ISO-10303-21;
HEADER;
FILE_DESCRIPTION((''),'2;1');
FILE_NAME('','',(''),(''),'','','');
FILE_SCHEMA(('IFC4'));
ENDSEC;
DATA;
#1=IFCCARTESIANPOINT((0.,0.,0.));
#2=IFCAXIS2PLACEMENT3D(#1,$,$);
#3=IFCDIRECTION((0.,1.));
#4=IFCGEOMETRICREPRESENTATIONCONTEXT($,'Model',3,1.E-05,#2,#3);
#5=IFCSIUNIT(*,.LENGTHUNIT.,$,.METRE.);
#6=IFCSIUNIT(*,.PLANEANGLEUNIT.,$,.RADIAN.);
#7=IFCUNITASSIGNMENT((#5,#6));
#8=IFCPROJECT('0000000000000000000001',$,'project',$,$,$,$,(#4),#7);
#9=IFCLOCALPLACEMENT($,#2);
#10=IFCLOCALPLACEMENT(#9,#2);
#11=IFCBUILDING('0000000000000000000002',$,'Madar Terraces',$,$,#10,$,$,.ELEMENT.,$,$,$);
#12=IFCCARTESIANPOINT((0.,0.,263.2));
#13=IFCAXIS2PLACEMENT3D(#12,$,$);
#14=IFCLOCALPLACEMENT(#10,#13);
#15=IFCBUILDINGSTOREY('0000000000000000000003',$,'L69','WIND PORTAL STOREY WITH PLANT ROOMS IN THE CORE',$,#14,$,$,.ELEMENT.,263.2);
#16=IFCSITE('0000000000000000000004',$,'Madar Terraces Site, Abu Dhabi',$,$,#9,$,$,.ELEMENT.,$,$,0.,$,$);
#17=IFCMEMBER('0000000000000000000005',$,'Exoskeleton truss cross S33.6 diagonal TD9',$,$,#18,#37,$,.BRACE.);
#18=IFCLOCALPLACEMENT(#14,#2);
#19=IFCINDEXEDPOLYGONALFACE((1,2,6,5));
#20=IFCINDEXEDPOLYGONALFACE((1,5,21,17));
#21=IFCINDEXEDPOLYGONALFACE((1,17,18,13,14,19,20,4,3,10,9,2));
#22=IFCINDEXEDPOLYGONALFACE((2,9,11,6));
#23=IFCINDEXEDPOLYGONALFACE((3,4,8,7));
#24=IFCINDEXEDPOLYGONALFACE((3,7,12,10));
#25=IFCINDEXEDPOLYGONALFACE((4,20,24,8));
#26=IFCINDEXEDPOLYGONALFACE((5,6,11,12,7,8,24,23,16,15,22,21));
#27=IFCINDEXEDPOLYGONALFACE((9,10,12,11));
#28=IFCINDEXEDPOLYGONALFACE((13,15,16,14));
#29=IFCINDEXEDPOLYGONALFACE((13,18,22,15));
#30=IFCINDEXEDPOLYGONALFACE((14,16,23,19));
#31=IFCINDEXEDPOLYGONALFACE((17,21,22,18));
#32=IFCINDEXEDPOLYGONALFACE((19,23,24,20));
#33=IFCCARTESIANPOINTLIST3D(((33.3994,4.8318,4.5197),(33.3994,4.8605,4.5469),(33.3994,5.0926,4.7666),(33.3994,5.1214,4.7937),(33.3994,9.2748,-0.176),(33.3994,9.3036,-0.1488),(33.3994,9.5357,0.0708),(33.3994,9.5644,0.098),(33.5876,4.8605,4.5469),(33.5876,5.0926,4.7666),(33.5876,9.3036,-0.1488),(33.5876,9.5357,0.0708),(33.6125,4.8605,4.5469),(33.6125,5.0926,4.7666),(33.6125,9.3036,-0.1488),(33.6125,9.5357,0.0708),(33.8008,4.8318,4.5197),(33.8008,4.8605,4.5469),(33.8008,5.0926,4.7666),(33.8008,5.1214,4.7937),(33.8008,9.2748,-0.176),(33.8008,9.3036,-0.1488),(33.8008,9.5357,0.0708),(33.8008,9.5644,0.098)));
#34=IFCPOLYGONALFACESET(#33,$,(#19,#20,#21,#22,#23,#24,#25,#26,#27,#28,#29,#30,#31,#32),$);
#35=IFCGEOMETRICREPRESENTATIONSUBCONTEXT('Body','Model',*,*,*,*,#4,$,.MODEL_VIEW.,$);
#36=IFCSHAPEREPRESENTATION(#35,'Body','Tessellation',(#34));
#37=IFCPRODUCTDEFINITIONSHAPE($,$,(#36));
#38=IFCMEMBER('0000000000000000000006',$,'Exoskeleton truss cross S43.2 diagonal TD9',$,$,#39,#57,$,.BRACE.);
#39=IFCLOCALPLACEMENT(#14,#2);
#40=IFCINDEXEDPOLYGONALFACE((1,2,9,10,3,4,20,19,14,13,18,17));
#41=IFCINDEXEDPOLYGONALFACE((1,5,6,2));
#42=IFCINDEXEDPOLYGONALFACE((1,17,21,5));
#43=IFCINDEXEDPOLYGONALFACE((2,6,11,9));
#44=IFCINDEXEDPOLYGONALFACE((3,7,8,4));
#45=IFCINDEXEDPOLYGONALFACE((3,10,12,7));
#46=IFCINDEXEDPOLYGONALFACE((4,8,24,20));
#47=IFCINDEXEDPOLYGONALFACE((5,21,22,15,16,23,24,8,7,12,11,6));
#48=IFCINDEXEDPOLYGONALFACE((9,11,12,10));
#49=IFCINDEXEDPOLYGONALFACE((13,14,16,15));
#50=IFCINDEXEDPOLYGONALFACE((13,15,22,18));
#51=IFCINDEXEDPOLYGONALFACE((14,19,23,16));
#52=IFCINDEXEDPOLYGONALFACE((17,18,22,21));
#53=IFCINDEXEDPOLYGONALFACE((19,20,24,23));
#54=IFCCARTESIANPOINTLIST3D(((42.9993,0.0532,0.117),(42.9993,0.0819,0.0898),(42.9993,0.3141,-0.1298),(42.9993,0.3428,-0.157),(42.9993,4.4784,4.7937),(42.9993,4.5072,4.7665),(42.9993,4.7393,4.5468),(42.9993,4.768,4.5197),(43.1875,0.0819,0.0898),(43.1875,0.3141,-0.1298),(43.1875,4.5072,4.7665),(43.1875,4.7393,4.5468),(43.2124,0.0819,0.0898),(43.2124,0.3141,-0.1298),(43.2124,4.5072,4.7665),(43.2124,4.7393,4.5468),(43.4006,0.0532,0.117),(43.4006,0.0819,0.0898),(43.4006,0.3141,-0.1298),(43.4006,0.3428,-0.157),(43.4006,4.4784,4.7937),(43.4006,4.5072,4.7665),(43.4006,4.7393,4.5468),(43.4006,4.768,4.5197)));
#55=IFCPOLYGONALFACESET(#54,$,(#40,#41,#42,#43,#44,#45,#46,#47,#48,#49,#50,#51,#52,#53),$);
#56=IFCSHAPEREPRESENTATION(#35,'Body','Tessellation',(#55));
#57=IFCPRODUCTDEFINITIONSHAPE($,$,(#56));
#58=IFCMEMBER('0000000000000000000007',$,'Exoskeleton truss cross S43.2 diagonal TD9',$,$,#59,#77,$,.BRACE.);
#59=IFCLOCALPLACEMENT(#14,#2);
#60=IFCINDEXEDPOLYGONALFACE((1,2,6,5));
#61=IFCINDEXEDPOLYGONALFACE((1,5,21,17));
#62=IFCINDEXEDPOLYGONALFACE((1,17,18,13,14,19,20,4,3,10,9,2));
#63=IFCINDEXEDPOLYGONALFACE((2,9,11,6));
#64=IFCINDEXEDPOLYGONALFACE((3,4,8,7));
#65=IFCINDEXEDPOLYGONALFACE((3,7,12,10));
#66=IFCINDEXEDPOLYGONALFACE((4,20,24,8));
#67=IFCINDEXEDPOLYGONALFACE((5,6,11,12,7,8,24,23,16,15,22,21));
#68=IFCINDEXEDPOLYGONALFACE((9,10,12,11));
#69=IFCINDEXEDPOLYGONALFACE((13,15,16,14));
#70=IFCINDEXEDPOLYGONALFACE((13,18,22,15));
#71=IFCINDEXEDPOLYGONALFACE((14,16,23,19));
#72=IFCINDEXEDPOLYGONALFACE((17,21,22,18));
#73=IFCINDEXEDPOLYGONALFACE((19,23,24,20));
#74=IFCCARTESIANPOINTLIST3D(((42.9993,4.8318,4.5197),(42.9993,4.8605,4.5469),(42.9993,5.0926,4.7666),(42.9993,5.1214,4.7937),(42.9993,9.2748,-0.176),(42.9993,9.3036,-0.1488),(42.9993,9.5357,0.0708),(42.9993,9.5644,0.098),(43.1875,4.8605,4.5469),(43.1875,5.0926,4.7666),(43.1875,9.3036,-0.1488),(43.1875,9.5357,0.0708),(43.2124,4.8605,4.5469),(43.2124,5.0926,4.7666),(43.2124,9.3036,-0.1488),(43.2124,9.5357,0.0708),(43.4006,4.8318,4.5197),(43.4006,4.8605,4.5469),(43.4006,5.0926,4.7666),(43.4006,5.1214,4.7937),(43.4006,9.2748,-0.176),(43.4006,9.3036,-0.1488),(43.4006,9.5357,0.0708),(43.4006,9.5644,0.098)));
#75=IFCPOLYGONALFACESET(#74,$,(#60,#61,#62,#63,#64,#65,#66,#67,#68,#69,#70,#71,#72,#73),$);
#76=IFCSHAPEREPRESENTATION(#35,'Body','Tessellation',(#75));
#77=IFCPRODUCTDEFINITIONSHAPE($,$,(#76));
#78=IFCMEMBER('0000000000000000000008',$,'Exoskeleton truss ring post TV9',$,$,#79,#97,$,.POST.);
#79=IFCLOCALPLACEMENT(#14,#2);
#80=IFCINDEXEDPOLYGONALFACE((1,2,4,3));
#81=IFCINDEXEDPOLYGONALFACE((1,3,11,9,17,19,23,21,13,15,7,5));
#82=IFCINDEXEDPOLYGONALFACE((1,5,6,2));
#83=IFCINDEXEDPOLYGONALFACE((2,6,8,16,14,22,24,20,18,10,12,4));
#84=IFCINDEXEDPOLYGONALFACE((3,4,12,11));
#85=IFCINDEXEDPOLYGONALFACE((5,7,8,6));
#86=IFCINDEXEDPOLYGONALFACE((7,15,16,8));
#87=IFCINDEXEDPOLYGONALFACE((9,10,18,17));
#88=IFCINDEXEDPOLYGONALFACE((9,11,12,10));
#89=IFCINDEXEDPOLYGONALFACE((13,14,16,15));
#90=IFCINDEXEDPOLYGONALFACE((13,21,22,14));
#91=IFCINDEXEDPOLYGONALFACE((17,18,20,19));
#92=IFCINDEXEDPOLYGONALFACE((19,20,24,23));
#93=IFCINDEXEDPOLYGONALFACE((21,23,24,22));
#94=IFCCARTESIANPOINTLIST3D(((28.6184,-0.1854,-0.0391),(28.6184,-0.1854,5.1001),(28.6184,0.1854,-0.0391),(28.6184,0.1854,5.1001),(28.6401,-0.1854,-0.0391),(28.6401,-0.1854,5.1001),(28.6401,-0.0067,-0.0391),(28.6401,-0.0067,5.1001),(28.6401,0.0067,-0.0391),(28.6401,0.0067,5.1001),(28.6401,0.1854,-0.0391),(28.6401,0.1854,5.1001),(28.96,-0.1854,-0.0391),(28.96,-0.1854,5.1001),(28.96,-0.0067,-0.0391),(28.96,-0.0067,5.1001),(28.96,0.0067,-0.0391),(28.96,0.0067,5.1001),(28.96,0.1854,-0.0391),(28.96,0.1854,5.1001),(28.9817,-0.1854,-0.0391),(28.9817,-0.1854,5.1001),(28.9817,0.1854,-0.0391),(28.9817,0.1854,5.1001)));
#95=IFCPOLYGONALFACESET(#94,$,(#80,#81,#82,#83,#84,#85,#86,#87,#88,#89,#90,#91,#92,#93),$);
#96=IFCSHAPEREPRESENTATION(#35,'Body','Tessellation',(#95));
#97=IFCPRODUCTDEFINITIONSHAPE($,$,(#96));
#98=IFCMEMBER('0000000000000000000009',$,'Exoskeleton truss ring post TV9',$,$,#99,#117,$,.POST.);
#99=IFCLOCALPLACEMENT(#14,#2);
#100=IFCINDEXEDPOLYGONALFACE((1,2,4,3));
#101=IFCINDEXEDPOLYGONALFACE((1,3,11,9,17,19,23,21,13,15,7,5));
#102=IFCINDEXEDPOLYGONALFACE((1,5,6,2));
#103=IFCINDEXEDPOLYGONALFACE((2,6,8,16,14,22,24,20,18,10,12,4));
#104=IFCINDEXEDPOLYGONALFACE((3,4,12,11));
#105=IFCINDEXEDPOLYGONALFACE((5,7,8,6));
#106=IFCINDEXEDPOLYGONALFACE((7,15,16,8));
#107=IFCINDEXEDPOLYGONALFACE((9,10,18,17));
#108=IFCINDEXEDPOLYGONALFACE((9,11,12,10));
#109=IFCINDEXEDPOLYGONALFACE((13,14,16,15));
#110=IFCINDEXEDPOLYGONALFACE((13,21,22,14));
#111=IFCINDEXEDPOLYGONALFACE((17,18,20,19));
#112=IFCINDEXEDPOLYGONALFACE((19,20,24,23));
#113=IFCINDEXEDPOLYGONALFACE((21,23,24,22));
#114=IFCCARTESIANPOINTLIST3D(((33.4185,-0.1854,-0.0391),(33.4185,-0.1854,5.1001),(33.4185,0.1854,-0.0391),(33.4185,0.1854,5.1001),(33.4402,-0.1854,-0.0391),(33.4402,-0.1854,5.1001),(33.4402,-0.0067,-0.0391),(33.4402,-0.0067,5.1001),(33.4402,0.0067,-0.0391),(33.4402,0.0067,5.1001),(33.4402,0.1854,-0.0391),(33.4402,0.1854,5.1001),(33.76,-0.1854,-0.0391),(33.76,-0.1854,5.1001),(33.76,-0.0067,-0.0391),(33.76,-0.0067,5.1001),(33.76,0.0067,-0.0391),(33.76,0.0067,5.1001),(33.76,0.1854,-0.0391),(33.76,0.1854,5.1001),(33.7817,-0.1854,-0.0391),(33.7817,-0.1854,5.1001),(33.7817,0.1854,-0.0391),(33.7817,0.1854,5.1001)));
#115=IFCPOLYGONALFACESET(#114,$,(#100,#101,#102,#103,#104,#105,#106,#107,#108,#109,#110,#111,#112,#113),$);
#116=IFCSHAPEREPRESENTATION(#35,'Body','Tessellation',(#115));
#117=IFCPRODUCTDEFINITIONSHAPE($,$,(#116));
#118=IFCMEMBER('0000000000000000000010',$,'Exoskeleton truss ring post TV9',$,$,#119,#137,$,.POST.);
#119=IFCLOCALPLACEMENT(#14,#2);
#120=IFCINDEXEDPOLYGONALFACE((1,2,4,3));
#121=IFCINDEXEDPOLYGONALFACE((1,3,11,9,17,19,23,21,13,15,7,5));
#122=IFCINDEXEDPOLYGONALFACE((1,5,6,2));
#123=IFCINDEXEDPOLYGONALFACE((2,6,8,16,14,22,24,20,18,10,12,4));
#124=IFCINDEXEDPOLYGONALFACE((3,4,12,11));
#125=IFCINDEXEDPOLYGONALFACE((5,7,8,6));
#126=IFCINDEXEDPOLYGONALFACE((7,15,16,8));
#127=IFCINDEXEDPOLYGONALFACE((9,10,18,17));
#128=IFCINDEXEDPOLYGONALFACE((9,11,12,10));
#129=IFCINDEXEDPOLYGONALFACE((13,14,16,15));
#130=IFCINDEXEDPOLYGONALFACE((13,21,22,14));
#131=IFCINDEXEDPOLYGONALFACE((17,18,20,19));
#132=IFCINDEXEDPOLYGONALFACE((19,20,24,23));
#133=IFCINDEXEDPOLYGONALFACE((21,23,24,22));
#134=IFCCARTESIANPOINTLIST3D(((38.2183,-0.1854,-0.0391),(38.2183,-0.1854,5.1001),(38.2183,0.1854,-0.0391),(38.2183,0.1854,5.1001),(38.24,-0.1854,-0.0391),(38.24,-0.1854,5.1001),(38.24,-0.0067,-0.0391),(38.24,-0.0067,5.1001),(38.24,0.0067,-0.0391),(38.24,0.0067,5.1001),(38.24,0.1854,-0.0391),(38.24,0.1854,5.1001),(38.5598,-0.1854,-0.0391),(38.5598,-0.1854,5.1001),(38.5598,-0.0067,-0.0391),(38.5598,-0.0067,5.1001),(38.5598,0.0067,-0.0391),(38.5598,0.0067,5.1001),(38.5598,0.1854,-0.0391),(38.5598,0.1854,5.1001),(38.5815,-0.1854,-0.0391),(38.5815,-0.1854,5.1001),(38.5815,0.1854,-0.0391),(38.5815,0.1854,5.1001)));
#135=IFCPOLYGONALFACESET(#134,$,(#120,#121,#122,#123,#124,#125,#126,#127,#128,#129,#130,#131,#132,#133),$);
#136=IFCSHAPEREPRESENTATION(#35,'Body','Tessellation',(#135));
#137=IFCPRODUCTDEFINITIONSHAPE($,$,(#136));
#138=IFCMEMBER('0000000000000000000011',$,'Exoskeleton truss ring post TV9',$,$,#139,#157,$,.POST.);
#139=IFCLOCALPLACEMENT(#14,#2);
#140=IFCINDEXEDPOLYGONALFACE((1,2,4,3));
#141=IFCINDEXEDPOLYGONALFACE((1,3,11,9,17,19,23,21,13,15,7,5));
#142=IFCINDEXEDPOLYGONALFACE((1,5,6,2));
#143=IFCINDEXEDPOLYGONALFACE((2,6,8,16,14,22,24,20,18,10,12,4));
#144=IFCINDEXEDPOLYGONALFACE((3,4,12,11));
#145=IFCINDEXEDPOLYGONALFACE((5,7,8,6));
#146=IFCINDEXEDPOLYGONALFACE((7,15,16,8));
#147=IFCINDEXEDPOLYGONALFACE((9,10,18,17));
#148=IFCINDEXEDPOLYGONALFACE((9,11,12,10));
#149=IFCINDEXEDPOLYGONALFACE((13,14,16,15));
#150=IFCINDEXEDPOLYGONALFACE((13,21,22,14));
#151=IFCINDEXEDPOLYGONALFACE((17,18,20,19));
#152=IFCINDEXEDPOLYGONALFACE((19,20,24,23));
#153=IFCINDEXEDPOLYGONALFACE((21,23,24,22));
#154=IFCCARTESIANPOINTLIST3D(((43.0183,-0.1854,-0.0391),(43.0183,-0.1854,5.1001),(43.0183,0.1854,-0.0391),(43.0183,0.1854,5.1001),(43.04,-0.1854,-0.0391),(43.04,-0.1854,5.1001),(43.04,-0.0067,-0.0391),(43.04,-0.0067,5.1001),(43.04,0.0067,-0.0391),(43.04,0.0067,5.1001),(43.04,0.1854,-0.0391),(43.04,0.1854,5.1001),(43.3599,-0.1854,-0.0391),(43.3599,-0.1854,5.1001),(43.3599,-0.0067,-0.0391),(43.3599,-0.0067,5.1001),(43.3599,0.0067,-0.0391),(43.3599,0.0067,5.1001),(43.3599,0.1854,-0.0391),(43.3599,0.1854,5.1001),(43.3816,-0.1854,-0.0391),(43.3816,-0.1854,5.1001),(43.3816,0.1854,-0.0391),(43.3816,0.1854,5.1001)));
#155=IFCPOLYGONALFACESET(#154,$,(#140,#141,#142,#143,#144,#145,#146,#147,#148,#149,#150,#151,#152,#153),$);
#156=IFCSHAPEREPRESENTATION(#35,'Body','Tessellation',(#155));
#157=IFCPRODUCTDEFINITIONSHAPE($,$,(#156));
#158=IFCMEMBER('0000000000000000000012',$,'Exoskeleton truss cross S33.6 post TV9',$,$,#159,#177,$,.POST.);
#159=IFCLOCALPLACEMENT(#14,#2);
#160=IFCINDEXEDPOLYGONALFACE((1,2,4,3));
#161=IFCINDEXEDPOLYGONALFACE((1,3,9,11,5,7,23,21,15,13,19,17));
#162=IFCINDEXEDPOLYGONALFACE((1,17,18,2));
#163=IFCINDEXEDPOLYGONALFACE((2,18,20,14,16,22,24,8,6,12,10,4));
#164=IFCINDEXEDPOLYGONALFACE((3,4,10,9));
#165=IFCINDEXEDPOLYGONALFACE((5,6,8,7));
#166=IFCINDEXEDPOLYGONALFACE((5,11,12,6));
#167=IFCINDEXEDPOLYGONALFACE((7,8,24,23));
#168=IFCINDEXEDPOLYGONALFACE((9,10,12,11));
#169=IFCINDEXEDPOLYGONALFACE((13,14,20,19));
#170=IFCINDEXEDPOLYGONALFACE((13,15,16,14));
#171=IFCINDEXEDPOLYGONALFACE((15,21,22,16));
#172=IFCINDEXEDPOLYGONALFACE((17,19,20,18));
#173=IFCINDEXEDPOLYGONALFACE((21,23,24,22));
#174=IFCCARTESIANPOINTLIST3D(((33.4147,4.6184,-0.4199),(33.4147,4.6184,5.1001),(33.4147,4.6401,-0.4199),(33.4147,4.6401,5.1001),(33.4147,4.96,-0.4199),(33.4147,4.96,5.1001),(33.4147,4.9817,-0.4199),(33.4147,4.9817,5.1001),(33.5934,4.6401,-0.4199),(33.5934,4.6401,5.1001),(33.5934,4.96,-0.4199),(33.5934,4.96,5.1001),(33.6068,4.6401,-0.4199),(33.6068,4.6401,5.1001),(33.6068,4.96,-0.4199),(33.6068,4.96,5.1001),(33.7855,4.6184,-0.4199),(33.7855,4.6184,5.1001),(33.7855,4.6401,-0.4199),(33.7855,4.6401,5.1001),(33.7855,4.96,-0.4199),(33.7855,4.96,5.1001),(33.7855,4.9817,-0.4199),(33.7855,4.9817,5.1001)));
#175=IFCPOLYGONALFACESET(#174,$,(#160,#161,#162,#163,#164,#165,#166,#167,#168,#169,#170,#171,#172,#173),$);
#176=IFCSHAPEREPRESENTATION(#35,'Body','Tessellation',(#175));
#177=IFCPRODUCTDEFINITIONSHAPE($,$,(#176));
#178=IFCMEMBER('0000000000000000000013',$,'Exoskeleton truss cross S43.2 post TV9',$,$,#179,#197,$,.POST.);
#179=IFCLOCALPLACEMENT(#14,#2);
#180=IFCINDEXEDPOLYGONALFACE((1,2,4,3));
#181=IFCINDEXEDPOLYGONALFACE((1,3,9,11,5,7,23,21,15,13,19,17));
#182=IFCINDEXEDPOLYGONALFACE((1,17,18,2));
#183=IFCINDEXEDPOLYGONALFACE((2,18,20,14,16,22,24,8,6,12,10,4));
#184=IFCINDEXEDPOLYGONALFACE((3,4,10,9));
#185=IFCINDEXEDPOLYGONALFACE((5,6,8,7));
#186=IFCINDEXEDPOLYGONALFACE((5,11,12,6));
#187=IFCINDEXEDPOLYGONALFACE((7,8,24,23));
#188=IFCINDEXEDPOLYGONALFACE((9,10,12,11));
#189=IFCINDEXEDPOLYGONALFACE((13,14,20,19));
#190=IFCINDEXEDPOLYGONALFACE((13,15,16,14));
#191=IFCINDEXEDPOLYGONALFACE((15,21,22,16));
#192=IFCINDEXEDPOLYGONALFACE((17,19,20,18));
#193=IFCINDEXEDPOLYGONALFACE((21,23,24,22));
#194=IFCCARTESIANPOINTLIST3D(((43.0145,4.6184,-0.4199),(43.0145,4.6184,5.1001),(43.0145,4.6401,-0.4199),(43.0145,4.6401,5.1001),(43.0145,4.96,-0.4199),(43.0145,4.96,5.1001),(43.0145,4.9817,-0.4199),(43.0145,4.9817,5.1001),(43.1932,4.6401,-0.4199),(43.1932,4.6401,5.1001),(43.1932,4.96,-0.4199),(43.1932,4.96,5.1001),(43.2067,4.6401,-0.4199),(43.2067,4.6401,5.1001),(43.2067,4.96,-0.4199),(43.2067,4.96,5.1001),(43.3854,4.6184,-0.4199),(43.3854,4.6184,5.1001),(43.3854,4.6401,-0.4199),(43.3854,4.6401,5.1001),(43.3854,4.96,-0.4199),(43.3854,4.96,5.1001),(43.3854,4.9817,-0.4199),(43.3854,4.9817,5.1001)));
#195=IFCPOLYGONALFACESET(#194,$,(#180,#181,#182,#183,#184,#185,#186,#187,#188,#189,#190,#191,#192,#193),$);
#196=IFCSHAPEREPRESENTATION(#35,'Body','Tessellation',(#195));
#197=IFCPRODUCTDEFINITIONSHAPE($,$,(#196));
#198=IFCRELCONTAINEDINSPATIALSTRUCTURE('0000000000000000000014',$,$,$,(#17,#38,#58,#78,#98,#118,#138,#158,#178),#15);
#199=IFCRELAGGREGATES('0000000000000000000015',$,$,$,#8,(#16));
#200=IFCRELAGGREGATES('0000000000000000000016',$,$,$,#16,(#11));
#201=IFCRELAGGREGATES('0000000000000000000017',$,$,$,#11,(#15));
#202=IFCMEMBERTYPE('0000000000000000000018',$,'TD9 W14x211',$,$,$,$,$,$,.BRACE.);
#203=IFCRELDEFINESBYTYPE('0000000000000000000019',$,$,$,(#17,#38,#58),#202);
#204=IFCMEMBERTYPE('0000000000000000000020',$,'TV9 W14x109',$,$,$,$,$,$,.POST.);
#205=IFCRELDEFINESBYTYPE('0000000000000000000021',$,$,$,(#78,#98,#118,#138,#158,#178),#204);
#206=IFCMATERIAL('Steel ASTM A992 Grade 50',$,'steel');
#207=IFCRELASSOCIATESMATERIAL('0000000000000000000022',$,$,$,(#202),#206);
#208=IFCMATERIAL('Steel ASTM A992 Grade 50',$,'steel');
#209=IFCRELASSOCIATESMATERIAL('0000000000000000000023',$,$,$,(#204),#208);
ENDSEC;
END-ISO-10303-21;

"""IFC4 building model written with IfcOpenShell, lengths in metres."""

from ifc_helpers import new_model, si_unit, direction, frame, origin, origin_2d, place, context, subcontext, project, spatial, i_section, extrude, material, material_profile, profile_set, type_object, element, save


model = new_model("IFC4")

# Units and contexts
model_context = context("Model", 3, precision=1e-05, world=origin(), true_north=direction((0.0, 1.0)))
body_context = subcontext(model_context, "Body", "Model", "MODEL_VIEW")
ifc_project = project(units=[si_unit("LENGTHUNIT", "METRE"), si_unit("PLANEANGLEUNIT", "RADIAN")], contexts=[model_context])

# Site, building, storey
site_placement = place(None, origin())
site = spatial("IfcSite", under=ifc_project, at=site_placement, Name="Madar Terraces Site, Abu Dhabi", CompositionType="ELEMENT", RefElevation=0.0)
building_placement = place(site_placement, origin())
building = spatial("IfcBuilding", under=site, at=building_placement, Name="Madar Terraces", CompositionType="ELEMENT")
storey_placement = place(building_placement, frame((0.0, 0.0, 263.2)))
storey = spatial("IfcBuildingStorey", under=building, at=storey_placement, Name="L69", Description="WIND PORTAL STOREY WITH PLANT ROOMS IN THE CORE", CompositionType="ELEMENT", Elevation=263.2)

# Members
ifc_material_1 = material(Name="Steel ASTM A992 Grade 50", Category="steel")
ifc_material_profile_1 = material_profile(ifc_material_1, i_section(OverallWidth=0.4014, OverallDepth=0.3987, WebThickness=0.0249, FlangeThickness=0.0396, at=origin_2d()), Name="W14x211")
ifc_profile_set_1 = profile_set([ifc_material_profile_1], Name="Steel ASTM A992 Grade 50")
member_type_1 = type_object("IfcMemberType", Name="TD9 W14x211", PredefinedType="BRACE", material=ifc_profile_set_1)
member_1_placement = place(storey_placement, frame((33.6001, 4.9766, 4.6567), z_axis=(0.0, 0.687293, -0.72638), x_axis=(-1.0, 0.0, 0.0)))
element("IfcMember", 1, at=member_1_placement, inside=storey, type_object=member_type_1, Name="Exoskeleton truss cross S33.6 diagonal TD9", PredefinedType="BRACE", context=body_context, shape_type="SweptSolid", body=[
    extrude(i_section(OverallWidth=0.4014, OverallDepth=0.3987, WebThickness=0.0249, FlangeThickness=0.0396, at=origin_2d()), origin(), (0.0, 0.0, 1.0), 6.4646),
])
member_2_placement = place(storey_placement, frame((43.2, 0.198, -0.02), z_axis=(0.0, 0.687309, 0.726365), x_axis=(-1.0, 0.0, 0.0)))
element("IfcMember", 2, at=member_2_placement, inside=storey, type_object=member_type_1, Name="Exoskeleton truss cross S43.2 diagonal TD9", PredefinedType="BRACE", context=body_context, shape_type="SweptSolid", body=[
    extrude(i_section(OverallWidth=0.4014, OverallDepth=0.3987, WebThickness=0.0249, FlangeThickness=0.0396, at=origin_2d()), origin(), (0.0, 0.0, 1.0), 6.4385),
])
member_3_placement = place(storey_placement, frame((43.2, 4.9766, 4.6567), z_axis=(0.0, 0.687293, -0.72638), x_axis=(-1.0, 0.0, 0.0)))
element("IfcMember", 3, at=member_3_placement, inside=storey, type_object=member_type_1, Name="Exoskeleton truss cross S43.2 diagonal TD9", PredefinedType="BRACE", context=body_context, shape_type="SweptSolid", body=[
    extrude(i_section(OverallWidth=0.4014, OverallDepth=0.3987, WebThickness=0.0249, FlangeThickness=0.0396, at=origin_2d()), origin(), (0.0, 0.0, 1.0), 6.4646),
])
ifc_material_2 = material(Name="Steel ASTM A992 Grade 50", Category="steel")
ifc_material_profile_2 = material_profile(ifc_material_2, i_section(OverallWidth=0.3708, OverallDepth=0.3633, WebThickness=0.0134, FlangeThickness=0.0217, at=origin_2d()), Name="W14x109")
ifc_profile_set_2 = profile_set([ifc_material_profile_2], Name="Steel ASTM A992 Grade 50")
member_type_2 = type_object("IfcMemberType", Name="TV9 W14x109", PredefinedType="POST", material=ifc_profile_set_2)
for number, where, z_axis, x_axis, name in (
    (4, (28.8, 0.0, -0.0391), (0.0, 0.0, 1.0), (0.0, 1.0, 0.0), "Exoskeleton truss ring post TV9"),
    (5, (33.6001, 0.0, -0.0391), (0.0, 0.0, 1.0), (0.0, 1.0, 0.0), "Exoskeleton truss ring post TV9"),
    (6, (38.3999, 0.0, -0.0391), (0.0, 0.0, 1.0), (0.0, 1.0, 0.0), "Exoskeleton truss ring post TV9"),
    (7, (43.2, 0.0, -0.0391), (0.0, 0.0, 1.0), (0.0, 1.0, 0.0), "Exoskeleton truss ring post TV9"),
):
    element("IfcMember", number, at=place(storey_placement, frame(where, z_axis=z_axis, x_axis=x_axis)), inside=storey, type_object=member_type_2, Name=name, PredefinedType="POST", context=body_context, shape_type="SweptSolid", body=[
        extrude(i_section(OverallWidth=0.3708, OverallDepth=0.3633, WebThickness=0.0134, FlangeThickness=0.0217, at=origin_2d()), origin(), (0.0, 0.0, 1.0), 5.1392),
    ])
for number, where, z_axis, x_axis, name in (
    (8, (33.6001, 4.8, -0.4199), (0.0, 0.0, 1.0), (-1.0, 0.0, 0.0), "Exoskeleton truss cross S33.6 post TV9"),
    (9, (43.2, 4.8, -0.4199), (0.0, 0.0, 1.0), (-1.0, 0.0, 0.0), "Exoskeleton truss cross S43.2 post TV9"),
):
    element("IfcMember", number, at=place(storey_placement, frame(where, z_axis=z_axis, x_axis=x_axis)), inside=storey, type_object=member_type_2, Name=name, PredefinedType="POST", context=body_context, shape_type="SweptSolid", body=[
        extrude(i_section(OverallWidth=0.3708, OverallDepth=0.3633, WebThickness=0.0134, FlangeThickness=0.0217, at=origin_2d()), origin(), (0.0, 0.0, 1.0), 5.52),
    ])

save(model, "model.ifc")
